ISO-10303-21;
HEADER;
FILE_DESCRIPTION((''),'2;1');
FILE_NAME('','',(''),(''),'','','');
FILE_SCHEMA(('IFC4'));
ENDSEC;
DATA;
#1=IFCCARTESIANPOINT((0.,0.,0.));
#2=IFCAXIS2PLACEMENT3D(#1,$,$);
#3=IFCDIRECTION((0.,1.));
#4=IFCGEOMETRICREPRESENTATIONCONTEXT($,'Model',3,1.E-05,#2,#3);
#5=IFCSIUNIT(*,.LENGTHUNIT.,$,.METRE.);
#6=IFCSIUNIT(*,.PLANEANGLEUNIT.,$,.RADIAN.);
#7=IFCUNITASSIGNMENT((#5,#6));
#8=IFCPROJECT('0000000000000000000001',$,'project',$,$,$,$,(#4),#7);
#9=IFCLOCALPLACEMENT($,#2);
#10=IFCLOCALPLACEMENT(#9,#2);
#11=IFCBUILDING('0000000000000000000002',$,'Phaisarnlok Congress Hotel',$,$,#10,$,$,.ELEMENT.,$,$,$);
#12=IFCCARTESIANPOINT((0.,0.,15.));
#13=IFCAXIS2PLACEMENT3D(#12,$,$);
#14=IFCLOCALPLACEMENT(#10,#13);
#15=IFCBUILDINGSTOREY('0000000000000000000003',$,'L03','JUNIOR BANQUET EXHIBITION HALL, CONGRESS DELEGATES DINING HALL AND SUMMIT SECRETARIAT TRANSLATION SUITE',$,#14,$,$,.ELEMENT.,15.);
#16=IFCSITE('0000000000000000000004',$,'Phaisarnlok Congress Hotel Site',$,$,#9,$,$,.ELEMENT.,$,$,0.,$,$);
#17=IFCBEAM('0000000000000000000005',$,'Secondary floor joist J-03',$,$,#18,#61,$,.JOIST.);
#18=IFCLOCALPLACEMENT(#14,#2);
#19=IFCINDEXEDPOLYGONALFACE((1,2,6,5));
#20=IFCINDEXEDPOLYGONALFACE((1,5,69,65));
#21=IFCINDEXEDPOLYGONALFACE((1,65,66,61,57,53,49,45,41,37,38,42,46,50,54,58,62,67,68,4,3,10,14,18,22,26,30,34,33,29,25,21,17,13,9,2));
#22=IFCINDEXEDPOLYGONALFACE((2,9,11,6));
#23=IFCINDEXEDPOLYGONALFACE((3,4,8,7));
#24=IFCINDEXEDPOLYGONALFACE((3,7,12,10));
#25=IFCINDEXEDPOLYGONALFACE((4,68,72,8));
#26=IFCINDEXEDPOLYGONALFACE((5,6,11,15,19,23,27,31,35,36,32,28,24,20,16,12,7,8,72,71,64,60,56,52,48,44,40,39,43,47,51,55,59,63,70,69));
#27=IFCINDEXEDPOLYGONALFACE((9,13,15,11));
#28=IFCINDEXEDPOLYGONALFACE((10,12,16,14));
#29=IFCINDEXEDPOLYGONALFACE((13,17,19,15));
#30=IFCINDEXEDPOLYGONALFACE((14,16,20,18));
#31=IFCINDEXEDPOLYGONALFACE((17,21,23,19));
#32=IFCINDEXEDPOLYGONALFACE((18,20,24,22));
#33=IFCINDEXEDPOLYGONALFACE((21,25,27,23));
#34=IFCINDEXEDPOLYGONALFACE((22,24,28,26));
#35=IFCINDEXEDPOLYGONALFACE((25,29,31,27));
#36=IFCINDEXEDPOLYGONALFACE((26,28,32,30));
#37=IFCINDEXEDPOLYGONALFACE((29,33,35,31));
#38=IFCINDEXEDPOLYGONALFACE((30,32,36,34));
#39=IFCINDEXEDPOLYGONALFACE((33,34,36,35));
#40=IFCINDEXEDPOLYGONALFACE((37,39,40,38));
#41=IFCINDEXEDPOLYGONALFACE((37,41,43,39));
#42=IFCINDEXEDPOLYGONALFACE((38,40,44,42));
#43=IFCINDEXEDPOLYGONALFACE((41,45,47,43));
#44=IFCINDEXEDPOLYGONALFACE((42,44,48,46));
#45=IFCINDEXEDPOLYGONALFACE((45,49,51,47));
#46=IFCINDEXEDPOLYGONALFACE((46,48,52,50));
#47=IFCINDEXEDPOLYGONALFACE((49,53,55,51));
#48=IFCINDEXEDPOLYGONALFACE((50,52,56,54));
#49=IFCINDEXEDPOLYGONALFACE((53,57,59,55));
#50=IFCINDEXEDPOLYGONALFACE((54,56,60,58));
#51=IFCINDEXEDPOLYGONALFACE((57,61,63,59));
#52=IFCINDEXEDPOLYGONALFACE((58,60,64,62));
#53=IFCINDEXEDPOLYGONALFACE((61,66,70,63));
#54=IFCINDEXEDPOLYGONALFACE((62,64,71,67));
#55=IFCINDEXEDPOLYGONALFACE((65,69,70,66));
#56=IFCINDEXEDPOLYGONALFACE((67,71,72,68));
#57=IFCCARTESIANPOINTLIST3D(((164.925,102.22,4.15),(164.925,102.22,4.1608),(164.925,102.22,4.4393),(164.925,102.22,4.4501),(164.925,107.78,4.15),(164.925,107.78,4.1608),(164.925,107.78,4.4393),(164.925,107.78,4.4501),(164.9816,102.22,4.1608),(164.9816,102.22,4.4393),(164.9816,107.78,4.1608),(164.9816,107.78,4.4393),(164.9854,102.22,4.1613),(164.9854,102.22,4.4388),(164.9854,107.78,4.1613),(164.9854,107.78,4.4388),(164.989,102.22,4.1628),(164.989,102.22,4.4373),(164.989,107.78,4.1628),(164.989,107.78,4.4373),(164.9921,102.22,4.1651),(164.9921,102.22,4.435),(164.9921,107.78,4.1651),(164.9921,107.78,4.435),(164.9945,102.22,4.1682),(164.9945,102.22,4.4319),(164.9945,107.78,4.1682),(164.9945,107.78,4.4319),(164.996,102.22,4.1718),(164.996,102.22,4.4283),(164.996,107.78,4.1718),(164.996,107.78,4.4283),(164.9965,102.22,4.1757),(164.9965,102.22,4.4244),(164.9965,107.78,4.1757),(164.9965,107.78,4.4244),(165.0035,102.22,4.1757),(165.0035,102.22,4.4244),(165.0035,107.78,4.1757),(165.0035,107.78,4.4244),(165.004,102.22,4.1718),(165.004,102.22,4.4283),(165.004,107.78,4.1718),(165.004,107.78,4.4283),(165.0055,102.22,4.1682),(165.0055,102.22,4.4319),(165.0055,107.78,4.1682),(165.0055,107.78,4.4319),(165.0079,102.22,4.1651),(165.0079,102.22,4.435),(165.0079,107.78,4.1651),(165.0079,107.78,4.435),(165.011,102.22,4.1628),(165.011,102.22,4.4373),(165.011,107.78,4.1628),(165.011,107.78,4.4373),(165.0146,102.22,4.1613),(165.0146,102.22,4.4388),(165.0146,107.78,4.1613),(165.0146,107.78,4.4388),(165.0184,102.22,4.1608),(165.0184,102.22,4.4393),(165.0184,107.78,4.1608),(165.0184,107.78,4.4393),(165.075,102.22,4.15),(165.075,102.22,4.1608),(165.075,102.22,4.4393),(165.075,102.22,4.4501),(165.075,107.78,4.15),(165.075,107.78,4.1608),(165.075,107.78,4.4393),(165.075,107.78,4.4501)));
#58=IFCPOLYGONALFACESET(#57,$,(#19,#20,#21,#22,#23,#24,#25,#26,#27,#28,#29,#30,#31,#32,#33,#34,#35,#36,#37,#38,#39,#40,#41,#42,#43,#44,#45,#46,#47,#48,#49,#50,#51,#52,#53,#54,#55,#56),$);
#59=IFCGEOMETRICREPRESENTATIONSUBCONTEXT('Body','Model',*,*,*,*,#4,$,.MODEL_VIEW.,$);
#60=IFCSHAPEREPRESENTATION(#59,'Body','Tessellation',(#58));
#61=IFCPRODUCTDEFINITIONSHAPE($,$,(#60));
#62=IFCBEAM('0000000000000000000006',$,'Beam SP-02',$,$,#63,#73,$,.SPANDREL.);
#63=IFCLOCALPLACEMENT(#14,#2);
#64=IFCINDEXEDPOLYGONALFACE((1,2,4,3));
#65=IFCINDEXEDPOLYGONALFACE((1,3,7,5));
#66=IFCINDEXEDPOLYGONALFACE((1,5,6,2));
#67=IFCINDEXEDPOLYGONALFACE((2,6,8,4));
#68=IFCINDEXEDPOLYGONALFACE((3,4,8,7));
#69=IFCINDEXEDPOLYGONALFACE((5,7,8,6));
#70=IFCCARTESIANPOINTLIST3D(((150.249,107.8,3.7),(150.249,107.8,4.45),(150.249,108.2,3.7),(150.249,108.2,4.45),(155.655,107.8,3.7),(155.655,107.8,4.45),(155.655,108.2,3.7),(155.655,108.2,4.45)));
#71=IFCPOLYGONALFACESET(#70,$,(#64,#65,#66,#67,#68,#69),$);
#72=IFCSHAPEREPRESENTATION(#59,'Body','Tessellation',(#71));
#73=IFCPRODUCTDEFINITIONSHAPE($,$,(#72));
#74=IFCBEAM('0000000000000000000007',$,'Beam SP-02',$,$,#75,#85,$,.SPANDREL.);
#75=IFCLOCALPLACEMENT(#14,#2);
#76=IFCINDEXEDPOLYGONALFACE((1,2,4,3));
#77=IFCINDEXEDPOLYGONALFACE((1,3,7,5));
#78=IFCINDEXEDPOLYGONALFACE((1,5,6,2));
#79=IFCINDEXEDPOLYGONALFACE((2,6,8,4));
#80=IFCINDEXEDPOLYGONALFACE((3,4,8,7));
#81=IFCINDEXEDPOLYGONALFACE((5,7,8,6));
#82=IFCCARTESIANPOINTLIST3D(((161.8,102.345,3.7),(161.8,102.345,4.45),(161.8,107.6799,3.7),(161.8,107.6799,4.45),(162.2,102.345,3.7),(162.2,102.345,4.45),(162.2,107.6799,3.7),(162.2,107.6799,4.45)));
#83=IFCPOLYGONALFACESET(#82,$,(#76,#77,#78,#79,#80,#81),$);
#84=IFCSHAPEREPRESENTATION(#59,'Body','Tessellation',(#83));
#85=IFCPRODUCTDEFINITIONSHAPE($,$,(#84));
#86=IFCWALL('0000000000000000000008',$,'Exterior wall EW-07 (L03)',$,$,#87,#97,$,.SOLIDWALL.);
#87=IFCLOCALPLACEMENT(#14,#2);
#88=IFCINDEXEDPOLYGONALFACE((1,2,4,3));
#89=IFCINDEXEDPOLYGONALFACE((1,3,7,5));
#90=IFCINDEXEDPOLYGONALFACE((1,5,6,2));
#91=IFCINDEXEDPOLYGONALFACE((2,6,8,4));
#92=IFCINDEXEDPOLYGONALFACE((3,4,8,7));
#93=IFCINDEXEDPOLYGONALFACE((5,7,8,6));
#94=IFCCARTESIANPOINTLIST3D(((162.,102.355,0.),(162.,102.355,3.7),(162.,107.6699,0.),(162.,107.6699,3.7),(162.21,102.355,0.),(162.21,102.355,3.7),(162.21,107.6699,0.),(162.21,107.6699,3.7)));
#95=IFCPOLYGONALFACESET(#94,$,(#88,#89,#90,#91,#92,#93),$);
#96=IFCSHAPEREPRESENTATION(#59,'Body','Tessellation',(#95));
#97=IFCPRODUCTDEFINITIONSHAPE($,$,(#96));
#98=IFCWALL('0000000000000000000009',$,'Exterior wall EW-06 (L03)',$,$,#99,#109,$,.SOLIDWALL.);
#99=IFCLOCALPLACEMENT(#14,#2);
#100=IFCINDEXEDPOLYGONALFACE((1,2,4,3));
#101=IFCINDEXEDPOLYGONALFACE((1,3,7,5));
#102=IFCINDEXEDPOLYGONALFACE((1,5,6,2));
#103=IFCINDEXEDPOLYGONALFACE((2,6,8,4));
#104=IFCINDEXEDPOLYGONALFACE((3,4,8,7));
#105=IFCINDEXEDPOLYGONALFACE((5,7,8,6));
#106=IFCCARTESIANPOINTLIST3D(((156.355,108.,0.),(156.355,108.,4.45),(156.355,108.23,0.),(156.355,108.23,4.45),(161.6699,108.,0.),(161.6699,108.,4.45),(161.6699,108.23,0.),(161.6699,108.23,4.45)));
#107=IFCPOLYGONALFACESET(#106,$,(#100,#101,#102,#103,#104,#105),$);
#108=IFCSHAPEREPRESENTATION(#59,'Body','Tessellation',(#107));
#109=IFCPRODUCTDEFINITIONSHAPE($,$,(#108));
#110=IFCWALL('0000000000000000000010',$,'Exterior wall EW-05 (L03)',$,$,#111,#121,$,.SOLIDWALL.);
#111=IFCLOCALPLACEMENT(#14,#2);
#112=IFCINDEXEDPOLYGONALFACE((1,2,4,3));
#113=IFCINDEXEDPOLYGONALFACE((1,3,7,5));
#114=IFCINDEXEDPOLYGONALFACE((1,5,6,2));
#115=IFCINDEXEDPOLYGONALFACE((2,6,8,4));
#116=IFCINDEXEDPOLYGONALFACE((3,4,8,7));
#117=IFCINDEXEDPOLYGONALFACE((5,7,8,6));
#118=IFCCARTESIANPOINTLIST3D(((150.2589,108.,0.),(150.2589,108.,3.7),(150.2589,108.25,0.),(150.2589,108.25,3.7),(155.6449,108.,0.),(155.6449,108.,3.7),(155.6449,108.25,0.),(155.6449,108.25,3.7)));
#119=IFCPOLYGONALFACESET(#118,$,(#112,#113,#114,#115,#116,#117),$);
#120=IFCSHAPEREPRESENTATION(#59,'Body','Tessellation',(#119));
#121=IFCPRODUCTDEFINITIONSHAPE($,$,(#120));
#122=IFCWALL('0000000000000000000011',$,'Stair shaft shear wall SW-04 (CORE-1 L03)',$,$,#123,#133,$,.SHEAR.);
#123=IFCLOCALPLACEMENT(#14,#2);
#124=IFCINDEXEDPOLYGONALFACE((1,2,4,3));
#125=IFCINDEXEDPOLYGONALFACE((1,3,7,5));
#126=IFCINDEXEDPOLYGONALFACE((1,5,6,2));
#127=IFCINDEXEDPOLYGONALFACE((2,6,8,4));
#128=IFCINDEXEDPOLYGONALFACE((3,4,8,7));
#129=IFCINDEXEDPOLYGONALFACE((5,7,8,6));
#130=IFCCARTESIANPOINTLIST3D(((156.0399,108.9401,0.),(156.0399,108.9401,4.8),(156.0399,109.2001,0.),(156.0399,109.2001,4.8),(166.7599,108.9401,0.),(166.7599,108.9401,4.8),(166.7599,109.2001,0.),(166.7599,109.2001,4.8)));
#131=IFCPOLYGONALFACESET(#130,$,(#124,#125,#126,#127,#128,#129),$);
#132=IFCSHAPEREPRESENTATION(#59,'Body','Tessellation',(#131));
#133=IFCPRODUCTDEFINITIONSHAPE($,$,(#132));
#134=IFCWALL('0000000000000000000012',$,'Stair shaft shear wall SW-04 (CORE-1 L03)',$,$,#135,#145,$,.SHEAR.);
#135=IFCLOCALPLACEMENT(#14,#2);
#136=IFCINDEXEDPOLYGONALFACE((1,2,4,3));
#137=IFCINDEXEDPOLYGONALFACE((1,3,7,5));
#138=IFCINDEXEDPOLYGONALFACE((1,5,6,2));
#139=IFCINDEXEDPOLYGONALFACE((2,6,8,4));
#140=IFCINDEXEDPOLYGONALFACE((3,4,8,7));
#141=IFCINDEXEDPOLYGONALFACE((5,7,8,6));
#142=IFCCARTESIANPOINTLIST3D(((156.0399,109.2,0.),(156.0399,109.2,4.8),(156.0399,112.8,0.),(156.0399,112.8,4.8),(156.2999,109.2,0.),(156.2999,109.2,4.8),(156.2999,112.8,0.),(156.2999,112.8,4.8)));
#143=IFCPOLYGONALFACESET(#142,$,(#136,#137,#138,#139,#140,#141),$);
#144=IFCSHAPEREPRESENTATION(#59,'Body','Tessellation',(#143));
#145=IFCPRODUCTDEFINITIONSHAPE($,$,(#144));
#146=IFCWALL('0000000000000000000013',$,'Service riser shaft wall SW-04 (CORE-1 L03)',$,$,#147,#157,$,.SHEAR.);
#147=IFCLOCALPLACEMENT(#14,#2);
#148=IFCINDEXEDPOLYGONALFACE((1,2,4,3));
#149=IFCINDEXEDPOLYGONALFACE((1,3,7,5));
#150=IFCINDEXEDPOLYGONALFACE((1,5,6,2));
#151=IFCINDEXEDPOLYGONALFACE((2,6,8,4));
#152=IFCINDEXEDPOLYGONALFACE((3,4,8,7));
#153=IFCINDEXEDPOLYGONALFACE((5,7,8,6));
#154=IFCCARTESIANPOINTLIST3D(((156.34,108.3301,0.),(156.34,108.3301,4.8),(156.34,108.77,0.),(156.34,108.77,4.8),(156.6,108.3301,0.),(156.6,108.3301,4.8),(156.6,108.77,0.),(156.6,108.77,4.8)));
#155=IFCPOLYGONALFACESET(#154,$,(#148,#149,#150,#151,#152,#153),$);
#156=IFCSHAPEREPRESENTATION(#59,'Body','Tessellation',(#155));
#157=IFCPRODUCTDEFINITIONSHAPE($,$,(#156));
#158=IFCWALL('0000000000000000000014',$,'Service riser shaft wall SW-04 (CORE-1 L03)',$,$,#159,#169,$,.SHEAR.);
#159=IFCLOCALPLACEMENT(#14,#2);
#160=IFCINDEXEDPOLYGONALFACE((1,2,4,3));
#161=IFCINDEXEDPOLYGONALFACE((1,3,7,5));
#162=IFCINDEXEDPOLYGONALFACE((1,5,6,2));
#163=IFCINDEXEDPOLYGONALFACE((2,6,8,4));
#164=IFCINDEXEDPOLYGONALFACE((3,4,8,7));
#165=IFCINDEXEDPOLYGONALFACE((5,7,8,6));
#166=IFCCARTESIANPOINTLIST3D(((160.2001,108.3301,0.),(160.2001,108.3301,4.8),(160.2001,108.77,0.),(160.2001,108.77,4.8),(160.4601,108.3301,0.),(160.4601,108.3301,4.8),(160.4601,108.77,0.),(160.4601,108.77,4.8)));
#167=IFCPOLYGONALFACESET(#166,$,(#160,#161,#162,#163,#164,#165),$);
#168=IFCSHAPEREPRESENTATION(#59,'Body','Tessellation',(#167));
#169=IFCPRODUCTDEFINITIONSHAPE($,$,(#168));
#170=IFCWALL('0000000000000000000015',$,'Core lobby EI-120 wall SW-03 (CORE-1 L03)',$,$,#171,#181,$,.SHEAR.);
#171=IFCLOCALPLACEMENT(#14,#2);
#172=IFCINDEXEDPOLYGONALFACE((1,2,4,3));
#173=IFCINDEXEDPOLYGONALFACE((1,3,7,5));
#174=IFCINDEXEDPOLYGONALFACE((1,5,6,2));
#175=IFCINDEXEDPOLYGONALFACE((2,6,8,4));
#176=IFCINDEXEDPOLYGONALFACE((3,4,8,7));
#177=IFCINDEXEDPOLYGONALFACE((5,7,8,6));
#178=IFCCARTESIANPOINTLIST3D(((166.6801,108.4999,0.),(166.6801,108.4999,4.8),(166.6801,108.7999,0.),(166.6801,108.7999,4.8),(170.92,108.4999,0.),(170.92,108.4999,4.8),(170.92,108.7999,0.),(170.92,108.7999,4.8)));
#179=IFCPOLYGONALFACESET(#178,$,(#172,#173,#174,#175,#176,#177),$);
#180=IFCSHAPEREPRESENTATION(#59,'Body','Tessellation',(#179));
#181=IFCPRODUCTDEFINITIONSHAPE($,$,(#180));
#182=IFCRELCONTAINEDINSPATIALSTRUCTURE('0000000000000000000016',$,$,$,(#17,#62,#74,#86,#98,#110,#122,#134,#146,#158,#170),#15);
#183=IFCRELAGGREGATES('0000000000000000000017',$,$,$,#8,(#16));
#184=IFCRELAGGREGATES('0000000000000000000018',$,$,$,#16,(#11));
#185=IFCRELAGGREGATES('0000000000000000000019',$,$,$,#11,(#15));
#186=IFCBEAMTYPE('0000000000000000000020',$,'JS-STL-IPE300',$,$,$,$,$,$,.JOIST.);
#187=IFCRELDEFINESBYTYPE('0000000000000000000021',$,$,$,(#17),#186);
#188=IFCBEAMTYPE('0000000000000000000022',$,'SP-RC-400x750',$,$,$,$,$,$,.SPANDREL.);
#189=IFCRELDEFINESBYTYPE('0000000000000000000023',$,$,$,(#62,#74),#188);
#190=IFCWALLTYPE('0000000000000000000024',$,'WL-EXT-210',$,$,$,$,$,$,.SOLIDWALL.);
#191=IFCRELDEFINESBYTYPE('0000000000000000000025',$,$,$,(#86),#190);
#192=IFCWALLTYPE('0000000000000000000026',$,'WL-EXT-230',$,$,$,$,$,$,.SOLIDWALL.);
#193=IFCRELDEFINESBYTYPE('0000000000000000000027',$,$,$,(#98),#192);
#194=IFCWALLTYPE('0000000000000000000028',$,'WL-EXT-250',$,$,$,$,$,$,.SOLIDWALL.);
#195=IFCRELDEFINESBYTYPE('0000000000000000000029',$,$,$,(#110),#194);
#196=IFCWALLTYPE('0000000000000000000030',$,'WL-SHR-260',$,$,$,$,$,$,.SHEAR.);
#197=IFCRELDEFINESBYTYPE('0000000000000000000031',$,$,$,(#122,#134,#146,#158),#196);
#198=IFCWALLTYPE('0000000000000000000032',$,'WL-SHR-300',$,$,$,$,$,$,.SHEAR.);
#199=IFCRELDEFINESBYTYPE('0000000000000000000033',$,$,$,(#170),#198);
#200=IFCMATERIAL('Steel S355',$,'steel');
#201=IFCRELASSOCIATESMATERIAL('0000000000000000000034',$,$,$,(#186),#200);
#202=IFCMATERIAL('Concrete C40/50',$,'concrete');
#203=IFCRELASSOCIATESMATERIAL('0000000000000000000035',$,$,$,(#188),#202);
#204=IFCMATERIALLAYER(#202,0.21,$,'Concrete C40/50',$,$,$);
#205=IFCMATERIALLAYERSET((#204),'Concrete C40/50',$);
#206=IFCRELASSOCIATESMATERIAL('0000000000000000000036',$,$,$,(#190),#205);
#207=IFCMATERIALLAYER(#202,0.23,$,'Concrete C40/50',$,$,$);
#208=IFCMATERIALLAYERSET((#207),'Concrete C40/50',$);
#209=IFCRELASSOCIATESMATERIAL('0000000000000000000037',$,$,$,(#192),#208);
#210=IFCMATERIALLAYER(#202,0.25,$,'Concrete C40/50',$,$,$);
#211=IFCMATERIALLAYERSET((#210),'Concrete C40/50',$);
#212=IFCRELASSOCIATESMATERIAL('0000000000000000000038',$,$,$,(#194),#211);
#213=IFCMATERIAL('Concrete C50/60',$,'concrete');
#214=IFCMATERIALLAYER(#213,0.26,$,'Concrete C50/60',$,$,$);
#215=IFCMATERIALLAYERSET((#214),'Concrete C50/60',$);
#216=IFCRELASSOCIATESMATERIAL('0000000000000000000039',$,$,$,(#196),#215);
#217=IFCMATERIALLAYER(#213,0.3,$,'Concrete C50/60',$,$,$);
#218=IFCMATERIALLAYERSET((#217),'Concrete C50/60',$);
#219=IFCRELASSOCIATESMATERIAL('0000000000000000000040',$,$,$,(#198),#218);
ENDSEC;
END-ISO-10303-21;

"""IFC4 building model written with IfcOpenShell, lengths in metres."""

from ifc_helpers import new_model, si_unit, direction, frame, frame_2d, origin, origin_2d, place, context, subcontext, project, spatial, rectangle, i_section, extrude, material, layer, layer_set, material_profile, profile_set, type_object, element, save


model = new_model("IFC4")

# Units and contexts
model_context = context("Model", 3, precision=1e-05, world=origin(), true_north=direction((0.0, 1.0)))
body_context = subcontext(model_context, "Body", "Model", "MODEL_VIEW")
ifc_project = project(units=[si_unit("LENGTHUNIT", "METRE"), si_unit("PLANEANGLEUNIT", "RADIAN")], contexts=[model_context])

# Site, building, storey
site_placement = place(None, origin())
site = spatial("IfcSite", under=ifc_project, at=site_placement, Name="Phaisarnlok Congress Hotel Site", CompositionType="ELEMENT", RefElevation=0.0)
building_placement = place(site_placement, origin())
building = spatial("IfcBuilding", under=site, at=building_placement, Name="Phaisarnlok Congress Hotel", CompositionType="ELEMENT")
storey_placement = place(building_placement, frame((0.0, 0.0, 15.0)))
storey = spatial("IfcBuildingStorey", under=building, at=storey_placement, Name="L03", Description="JUNIOR BANQUET EXHIBITION HALL, CONGRESS DELEGATES DINING HALL AND SUMMIT SECRETARIAT TRANSLATION SUITE", CompositionType="ELEMENT", Elevation=15.0)

# Shared definitions
ifc_material_1 = material(Name="Concrete C50/60", Category="concrete")

# Beams
ifc_material_2 = material(Name="Concrete C40/50", Category="concrete")
ifc_material_3 = material(Name="Steel S355", Category="steel")
ifc_material_profile_1 = material_profile(ifc_material_3, i_section(OverallWidth=0.1499, OverallDepth=0.3, WebThickness=0.0071, FlangeThickness=0.0107, FilletRadius=0.0149, at=origin_2d()), Name="IPE 300")
ifc_profile_set_1 = profile_set([ifc_material_profile_1], Name="Steel S355")
beam_type_1 = type_object("IfcBeamType", Name="JS-STL-IPE300", PredefinedType="JOIST", material=ifc_profile_set_1)
beam_1_placement = place(storey_placement, frame((165.0, 102.22, 4.3), z_axis=(0.0, 1.0, 0.0), x_axis=(-1.0, 0.0, 0.0)))
element("IfcBeam", 1, at=beam_1_placement, inside=storey, type_object=beam_type_1, Name="Secondary floor joist J-03", PredefinedType="JOIST", context=body_context, shape_type="SweptSolid", body=[
    extrude(i_section(OverallWidth=0.1499, OverallDepth=0.3, WebThickness=0.0071, FlangeThickness=0.0107, FilletRadius=0.0149, at=origin_2d()), origin(), (0.0, 0.0, 1.0), 5.5601),
])
ifc_material_profile_2 = material_profile(ifc_material_2, rectangle(XDim=0.3999, YDim=0.75, at=origin_2d()), Name="RC 400x750")
ifc_profile_set_2 = profile_set([ifc_material_profile_2], Name="Concrete C40/50")
beam_type_2 = type_object("IfcBeamType", Name="SP-RC-400x750", PredefinedType="SPANDREL", material=ifc_profile_set_2)
beam_2_placement = place(storey_placement, frame((150.249, 108.0, 4.075), z_axis=(1.0, 0.0, 0.0), x_axis=(0.0, 1.0, 0.0)))
element("IfcBeam", 2, at=beam_2_placement, inside=storey, type_object=beam_type_2, Name="Beam SP-02", PredefinedType="SPANDREL", context=body_context, shape_type="SweptSolid", body=[
    extrude(rectangle(XDim=0.3999, YDim=0.75, at=origin_2d()), origin(), (0.0, 0.0, 1.0), 5.406),
])
beam_3_placement = place(storey_placement, frame((162.0, 102.345, 4.075), z_axis=(0.0, 1.0, 0.0), x_axis=(-1.0, 0.0, 0.0)))
element("IfcBeam", 3, at=beam_3_placement, inside=storey, type_object=beam_type_2, Name="Beam SP-02", PredefinedType="SPANDREL", context=body_context, shape_type="SweptSolid", body=[
    extrude(rectangle(XDim=0.3999, YDim=0.75, at=origin_2d()), origin(), (0.0, 0.0, 1.0), 5.335),
])

# Walls
ifc_layer_1 = layer(ifc_material_2, 0.21, Name="Concrete C40/50")
ifc_layer_set_1 = layer_set([ifc_layer_1], Name="Concrete C40/50")
wall_type_1 = type_object("IfcWallType", Name="WL-EXT-210", PredefinedType="SOLIDWALL", material=ifc_layer_set_1)
wall_1_placement = place(storey_placement, frame((162.105, 107.6699, 0.0), z_axis=(0.0, 0.0, 1.0), x_axis=(0.0, -1.0, 0.0)))
element("IfcWall", 4, at=wall_1_placement, inside=storey, type_object=wall_type_1, Name="Exterior wall EW-07 (L03)", PredefinedType="SOLIDWALL", context=body_context, shape_type="SweptSolid", body=[
    extrude(rectangle(XDim=5.3149, YDim=0.21, at=frame_2d((2.6575, 0.0))), origin(), (0.0, 0.0, 1.0), 3.7),
])
ifc_layer_2 = layer(ifc_material_2, 0.23, Name="Concrete C40/50")
ifc_layer_set_2 = layer_set([ifc_layer_2], Name="Concrete C40/50")
wall_type_2 = type_object("IfcWallType", Name="WL-EXT-230", PredefinedType="SOLIDWALL", material=ifc_layer_set_2)
wall_2_placement = place(storey_placement, frame((156.355, 108.115, 0.0), z_axis=(0.0, 0.0, 1.0), x_axis=(1.0, 0.0, 0.0)))
element("IfcWall", 5, at=wall_2_placement, inside=storey, type_object=wall_type_2, Name="Exterior wall EW-06 (L03)", PredefinedType="SOLIDWALL", context=body_context, shape_type="SweptSolid", body=[
    extrude(rectangle(XDim=5.3149, YDim=0.23, at=frame_2d((2.6575, 0.0))), origin(), (0.0, 0.0, 1.0), 4.45),
])
ifc_layer_3 = layer(ifc_material_2, 0.25, Name="Concrete C40/50")
ifc_layer_set_3 = layer_set([ifc_layer_3], Name="Concrete C40/50")
wall_type_3 = type_object("IfcWallType", Name="WL-EXT-250", PredefinedType="SOLIDWALL", material=ifc_layer_set_3)
wall_3_placement = place(storey_placement, frame((150.259, 108.125, 0.0), z_axis=(0.0, 0.0, 1.0), x_axis=(1.0, 0.0, 0.0)))
element("IfcWall", 6, at=wall_3_placement, inside=storey, type_object=wall_type_3, Name="Exterior wall EW-05 (L03)", PredefinedType="SOLIDWALL", context=body_context, shape_type="SweptSolid", body=[
    extrude(rectangle(XDim=5.386, YDim=0.25, at=frame_2d((2.6929, 0.0))), origin(), (0.0, 0.0, 1.0), 3.7),
])
ifc_layer_4 = layer(ifc_material_1, 0.26, Name="Concrete C50/60")
ifc_layer_set_4 = layer_set([ifc_layer_4], Name="Concrete C50/60")
wall_type_4 = type_object("IfcWallType", Name="WL-SHR-260", PredefinedType="SHEAR", material=ifc_layer_set_4)
wall_4_placement = place(storey_placement, frame((156.04, 109.0701, 0.0), z_axis=(0.0, 0.0, 1.0), x_axis=(1.0, 0.0, 0.0)))
element("IfcWall", 7, at=wall_4_placement, inside=storey, type_object=wall_type_4, Name="Stair shaft shear wall SW-04 (CORE-1 L03)", PredefinedType="SHEAR", context=body_context, shape_type="SweptSolid", body=[
    extrude(rectangle(XDim=10.72, YDim=0.26, at=frame_2d((5.3599, 0.0))), origin(), (0.0, 0.0, 1.0), 4.8),
])
wall_5_placement = place(storey_placement, frame((156.1699, 109.2, 0.0), z_axis=(0.0, 0.0, 1.0), x_axis=(0.0, 1.0, 0.0)))
element("IfcWall", 8, at=wall_5_placement, inside=storey, type_object=wall_type_4, Name="Stair shaft shear wall SW-04 (CORE-1 L03)", PredefinedType="SHEAR", context=body_context, shape_type="SweptSolid", body=[
    extrude(rectangle(XDim=3.6001, YDim=0.26, at=frame_2d((1.8, 0.0))), origin(), (0.0, 0.0, 1.0), 4.8),
])

# Walls
for number, where, z_axis, x_axis, name in (
    (9, (156.47, 108.3301, 0.0), (0.0, 0.0, 1.0), (0.0, 1.0, 0.0), "Service riser shaft wall SW-04 (CORE-1 L03)"),
    (10, (160.3301, 108.3301, 0.0), (0.0, 0.0, 1.0), (0.0, 1.0, 0.0), "Service riser shaft wall SW-04 (CORE-1 L03)"),
):
    element("IfcWall", number, at=place(storey_placement, frame(where, z_axis=z_axis, x_axis=x_axis)), inside=storey, type_object=wall_type_4, Name=name, PredefinedType="SHEAR", context=body_context, shape_type="SweptSolid", body=[
        extrude(rectangle(XDim=0.4399, YDim=0.26, at=frame_2d((0.22, 0.0))), origin(), (0.0, 0.0, 1.0), 4.8),
    ])
ifc_layer_5 = layer(ifc_material_1, 0.3, Name="Concrete C50/60")
ifc_layer_set_5 = layer_set([ifc_layer_5], Name="Concrete C50/60")
wall_type_5 = type_object("IfcWallType", Name="WL-SHR-300", PredefinedType="SHEAR", material=ifc_layer_set_5)
wall_6_placement = place(storey_placement, frame((166.6799, 108.6499, 0.0), z_axis=(0.0, 0.0, 1.0), x_axis=(1.0, 0.0, 0.0)))
element("IfcWall", 11, at=wall_6_placement, inside=storey, type_object=wall_type_5, Name="Core lobby EI-120 wall SW-03 (CORE-1 L03)", PredefinedType="SHEAR", context=body_context, shape_type="SweptSolid", body=[
    extrude(rectangle(XDim=4.24, YDim=0.3, at=frame_2d((2.1201, 0.0))), origin(), (0.0, 0.0, 1.0), 4.8),
])

save(model, "model.ifc")
